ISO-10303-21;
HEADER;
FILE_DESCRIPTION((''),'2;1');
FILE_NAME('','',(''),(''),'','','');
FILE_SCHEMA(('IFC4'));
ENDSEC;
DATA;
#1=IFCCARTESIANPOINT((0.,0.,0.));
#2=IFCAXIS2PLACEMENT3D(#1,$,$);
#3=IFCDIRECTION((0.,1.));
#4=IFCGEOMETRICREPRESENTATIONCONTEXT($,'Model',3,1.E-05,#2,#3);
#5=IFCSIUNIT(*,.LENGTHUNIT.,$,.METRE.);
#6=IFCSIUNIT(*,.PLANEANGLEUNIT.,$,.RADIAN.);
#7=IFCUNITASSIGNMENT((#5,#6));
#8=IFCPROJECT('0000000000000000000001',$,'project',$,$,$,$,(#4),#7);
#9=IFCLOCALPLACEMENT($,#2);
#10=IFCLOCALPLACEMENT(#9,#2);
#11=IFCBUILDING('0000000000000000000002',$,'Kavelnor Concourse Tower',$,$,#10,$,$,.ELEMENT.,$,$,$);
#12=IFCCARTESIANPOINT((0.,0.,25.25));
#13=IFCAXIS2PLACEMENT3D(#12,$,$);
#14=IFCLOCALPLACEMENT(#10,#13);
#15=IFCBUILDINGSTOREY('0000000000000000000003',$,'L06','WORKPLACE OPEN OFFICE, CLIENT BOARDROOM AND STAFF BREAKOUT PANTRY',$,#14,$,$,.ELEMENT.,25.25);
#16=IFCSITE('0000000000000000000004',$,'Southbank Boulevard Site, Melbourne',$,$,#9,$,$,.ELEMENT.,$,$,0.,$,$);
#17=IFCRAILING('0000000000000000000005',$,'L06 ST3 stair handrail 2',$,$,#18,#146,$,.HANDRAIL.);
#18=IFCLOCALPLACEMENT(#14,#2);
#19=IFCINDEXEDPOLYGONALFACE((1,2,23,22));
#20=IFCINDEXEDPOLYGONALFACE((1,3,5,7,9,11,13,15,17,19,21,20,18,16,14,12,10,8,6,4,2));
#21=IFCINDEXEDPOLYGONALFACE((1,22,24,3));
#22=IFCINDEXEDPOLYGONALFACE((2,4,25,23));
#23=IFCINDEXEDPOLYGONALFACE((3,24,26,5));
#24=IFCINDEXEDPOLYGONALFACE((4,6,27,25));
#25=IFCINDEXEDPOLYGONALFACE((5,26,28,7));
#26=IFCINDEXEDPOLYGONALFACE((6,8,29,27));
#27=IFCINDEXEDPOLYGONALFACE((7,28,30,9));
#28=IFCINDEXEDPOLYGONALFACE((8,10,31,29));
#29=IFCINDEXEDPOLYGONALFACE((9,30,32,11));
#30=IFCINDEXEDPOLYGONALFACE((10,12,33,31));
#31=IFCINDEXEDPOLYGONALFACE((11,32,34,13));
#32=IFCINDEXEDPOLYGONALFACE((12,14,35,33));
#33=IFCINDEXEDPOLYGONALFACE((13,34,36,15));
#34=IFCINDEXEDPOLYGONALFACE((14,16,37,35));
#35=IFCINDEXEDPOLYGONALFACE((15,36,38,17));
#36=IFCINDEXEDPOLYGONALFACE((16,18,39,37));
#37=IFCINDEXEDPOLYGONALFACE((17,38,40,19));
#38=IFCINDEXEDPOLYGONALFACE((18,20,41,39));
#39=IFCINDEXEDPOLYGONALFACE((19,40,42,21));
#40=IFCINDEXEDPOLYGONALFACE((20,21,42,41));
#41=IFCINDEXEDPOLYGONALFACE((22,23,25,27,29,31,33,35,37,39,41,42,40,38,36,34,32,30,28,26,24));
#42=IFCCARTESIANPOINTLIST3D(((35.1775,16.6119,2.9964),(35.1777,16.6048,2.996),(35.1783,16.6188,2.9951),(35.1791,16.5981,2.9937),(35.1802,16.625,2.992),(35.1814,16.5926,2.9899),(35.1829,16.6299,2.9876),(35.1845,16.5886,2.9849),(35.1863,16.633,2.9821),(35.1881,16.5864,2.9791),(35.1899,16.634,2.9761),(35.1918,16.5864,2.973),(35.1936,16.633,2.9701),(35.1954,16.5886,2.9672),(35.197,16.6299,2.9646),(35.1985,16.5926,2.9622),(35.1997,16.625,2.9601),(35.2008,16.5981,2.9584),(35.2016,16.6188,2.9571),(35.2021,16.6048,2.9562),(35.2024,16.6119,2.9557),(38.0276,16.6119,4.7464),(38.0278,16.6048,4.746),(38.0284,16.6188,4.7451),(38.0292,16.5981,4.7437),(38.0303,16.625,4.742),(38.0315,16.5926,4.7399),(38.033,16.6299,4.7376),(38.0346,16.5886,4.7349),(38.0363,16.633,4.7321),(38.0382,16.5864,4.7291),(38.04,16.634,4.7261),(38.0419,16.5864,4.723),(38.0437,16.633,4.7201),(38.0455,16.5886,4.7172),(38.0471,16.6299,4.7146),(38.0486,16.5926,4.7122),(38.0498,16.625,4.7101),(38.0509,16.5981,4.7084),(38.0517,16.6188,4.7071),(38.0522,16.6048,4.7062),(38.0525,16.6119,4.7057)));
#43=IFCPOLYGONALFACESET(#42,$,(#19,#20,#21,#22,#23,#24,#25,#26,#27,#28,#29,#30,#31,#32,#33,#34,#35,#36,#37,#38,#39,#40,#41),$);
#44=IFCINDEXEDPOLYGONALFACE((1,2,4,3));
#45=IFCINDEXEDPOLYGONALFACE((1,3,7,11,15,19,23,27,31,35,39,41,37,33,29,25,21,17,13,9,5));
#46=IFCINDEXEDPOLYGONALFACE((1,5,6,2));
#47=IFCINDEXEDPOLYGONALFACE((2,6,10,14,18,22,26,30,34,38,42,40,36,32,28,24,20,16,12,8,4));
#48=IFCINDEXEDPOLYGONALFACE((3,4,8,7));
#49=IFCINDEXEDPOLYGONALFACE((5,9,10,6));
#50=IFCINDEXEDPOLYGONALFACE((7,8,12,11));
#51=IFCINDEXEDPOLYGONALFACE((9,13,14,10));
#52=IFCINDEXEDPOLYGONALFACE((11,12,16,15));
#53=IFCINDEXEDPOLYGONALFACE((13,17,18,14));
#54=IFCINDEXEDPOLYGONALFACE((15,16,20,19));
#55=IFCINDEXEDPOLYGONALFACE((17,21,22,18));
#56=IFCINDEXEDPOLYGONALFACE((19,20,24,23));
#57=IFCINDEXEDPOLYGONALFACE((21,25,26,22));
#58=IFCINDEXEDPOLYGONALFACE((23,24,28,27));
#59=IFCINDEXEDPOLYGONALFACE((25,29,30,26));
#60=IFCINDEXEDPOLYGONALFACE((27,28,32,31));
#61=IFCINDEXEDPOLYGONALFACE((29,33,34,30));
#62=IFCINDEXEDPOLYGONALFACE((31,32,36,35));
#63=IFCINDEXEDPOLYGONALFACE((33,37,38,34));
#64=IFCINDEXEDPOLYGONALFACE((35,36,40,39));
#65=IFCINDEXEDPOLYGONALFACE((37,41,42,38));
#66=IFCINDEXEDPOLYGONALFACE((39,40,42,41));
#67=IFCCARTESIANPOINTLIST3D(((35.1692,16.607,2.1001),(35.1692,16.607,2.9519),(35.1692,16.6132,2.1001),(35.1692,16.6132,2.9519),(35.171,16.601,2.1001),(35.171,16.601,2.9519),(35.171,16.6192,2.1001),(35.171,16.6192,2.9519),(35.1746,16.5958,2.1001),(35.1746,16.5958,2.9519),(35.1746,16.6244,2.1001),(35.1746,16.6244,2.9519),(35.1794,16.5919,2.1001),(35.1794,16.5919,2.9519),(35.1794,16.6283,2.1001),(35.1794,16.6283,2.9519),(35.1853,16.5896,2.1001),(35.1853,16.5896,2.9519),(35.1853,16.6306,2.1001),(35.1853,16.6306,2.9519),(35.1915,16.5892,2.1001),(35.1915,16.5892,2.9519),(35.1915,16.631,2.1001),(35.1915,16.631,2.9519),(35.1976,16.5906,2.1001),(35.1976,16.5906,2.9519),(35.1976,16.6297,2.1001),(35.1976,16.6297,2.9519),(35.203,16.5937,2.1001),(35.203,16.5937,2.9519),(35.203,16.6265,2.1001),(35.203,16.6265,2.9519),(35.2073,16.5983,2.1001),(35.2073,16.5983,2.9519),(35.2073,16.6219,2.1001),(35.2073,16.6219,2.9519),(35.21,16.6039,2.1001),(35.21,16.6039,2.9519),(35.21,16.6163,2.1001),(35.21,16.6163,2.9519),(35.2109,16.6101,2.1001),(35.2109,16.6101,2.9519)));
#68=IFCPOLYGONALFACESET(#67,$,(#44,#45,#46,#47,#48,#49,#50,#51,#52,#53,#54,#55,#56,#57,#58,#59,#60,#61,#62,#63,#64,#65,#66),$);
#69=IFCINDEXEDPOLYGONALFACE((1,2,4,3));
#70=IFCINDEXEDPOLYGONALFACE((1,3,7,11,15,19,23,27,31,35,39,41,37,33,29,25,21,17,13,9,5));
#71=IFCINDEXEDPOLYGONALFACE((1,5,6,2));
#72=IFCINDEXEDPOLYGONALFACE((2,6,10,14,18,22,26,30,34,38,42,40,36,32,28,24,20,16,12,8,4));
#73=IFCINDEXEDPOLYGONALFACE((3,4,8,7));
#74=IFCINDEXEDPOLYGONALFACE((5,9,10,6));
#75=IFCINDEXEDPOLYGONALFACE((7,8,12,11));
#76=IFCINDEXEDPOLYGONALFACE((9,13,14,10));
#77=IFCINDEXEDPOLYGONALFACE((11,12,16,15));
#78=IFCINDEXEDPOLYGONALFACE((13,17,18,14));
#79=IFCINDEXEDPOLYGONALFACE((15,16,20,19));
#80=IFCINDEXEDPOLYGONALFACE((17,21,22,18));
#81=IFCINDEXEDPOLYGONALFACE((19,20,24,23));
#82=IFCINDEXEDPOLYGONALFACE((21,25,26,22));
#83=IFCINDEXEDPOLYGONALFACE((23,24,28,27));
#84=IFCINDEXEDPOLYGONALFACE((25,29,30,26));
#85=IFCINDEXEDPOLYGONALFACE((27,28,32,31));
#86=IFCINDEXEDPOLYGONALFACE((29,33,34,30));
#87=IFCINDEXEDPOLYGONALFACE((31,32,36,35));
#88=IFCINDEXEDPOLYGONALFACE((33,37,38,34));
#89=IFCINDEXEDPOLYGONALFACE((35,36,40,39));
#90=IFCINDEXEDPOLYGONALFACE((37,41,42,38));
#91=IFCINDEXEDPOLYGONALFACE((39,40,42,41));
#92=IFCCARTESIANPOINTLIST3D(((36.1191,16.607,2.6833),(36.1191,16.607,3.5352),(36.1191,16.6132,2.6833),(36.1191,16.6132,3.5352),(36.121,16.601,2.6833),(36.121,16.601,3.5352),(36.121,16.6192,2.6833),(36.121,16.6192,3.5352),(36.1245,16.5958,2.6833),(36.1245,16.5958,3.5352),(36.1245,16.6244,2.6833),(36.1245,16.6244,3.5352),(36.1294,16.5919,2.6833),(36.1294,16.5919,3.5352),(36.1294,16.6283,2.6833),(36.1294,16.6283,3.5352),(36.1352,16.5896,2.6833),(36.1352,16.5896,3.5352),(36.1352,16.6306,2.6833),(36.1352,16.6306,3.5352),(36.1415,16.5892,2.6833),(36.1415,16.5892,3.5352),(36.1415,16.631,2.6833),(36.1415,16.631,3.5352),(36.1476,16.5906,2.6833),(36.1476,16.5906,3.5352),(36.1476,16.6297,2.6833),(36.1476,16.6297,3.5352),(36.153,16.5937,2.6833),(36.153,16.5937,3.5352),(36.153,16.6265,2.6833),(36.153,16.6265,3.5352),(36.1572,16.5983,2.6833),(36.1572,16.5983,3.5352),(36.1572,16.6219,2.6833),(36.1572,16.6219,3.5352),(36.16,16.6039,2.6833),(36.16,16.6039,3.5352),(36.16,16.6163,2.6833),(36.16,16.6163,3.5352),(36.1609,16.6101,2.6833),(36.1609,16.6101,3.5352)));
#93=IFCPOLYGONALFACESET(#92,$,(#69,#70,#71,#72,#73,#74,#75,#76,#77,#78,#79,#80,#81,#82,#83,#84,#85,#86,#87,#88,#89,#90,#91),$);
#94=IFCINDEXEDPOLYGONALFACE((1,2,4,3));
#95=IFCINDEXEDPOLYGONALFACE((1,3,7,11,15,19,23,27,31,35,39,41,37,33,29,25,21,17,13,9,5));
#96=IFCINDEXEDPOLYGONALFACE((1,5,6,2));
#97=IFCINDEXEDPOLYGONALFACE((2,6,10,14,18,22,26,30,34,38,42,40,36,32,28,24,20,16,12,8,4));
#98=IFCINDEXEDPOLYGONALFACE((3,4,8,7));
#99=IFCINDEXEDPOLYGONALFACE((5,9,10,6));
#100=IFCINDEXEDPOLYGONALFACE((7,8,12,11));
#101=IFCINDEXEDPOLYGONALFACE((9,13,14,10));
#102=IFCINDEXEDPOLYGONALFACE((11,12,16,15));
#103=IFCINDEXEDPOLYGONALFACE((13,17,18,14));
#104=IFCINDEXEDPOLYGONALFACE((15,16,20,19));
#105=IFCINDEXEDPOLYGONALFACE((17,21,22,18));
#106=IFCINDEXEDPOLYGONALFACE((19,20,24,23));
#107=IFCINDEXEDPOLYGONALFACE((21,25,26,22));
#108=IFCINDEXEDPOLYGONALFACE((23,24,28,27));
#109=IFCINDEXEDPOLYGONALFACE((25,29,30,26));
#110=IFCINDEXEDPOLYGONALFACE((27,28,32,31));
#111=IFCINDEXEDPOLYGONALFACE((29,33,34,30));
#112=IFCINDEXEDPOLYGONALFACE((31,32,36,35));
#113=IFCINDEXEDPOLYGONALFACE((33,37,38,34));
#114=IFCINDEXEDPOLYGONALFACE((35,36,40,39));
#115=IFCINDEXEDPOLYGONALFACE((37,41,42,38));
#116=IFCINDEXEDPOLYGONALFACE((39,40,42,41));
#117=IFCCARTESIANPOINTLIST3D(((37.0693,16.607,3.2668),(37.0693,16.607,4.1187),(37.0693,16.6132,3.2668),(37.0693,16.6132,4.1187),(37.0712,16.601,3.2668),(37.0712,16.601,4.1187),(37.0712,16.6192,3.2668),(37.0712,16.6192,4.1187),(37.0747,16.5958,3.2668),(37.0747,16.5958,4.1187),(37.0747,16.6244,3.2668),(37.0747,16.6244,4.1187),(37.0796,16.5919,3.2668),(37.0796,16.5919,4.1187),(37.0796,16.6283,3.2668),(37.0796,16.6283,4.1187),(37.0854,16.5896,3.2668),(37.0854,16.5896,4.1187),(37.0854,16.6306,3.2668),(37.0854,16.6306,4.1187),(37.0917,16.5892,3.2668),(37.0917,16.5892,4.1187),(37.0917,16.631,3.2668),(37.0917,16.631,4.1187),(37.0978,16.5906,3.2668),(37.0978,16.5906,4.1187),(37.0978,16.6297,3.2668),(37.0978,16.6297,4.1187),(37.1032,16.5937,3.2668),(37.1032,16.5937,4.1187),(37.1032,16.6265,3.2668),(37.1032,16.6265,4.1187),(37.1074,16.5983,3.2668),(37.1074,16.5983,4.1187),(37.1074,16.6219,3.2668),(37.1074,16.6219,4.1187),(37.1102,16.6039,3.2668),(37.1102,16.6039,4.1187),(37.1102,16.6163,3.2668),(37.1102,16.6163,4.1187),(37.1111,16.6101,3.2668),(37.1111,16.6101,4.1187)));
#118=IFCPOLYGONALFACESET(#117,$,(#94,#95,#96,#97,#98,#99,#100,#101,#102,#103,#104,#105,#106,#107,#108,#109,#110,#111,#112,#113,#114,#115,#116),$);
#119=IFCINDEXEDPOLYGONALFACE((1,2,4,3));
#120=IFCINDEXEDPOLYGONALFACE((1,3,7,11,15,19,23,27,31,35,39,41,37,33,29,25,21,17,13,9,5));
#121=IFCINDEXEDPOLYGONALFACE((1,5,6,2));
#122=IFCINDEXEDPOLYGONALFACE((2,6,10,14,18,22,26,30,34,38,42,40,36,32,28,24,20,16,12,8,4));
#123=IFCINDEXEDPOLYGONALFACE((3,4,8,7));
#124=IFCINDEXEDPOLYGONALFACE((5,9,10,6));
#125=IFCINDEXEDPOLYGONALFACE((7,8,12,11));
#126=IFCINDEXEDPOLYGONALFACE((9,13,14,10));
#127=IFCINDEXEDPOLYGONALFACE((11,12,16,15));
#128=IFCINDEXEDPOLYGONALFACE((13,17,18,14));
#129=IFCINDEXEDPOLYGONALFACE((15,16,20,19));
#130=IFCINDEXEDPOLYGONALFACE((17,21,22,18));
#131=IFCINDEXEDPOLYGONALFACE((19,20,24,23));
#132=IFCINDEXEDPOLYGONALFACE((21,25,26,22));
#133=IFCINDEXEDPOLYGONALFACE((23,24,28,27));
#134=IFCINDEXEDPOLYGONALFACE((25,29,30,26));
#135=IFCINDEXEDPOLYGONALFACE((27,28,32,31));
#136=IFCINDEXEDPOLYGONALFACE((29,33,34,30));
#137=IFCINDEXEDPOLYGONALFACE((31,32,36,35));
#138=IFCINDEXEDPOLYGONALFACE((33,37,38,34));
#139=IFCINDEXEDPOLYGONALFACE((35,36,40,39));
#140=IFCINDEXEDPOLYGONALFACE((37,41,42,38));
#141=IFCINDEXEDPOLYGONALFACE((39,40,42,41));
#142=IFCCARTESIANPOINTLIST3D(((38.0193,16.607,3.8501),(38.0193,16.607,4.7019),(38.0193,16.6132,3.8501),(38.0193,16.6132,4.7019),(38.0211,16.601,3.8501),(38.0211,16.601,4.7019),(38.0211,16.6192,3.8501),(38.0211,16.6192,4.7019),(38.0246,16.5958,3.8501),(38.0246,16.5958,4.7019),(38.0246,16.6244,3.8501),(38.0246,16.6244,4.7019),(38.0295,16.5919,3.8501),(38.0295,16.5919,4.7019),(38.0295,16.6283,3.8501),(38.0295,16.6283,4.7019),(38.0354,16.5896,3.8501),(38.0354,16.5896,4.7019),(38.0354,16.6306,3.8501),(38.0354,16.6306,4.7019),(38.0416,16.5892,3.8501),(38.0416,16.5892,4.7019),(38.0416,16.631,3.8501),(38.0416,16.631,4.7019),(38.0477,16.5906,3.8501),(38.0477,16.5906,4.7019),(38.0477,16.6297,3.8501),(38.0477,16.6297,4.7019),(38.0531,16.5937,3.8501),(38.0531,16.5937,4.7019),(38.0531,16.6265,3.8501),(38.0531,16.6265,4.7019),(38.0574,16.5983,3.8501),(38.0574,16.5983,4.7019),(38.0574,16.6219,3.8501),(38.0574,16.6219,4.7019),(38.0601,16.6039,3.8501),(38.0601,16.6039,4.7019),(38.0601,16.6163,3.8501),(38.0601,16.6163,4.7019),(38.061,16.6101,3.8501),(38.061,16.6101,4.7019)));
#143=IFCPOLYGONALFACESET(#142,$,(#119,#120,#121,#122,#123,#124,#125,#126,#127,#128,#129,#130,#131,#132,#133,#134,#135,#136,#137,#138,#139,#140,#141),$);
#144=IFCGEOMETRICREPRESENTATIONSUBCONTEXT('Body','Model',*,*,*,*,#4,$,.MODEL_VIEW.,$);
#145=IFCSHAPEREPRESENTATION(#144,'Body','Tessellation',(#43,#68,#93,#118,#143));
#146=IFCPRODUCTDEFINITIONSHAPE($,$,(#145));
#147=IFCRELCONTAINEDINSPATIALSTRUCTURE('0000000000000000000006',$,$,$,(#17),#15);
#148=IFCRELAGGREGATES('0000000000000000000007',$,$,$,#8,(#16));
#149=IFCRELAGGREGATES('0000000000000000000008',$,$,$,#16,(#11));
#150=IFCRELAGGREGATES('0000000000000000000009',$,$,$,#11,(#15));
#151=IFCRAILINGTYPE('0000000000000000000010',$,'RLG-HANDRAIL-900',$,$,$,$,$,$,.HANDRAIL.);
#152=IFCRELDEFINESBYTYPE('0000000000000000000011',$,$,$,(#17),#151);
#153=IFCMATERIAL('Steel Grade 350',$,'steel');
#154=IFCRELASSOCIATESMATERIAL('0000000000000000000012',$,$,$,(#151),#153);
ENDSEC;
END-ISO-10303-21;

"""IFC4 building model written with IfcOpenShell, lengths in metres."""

from ifc_helpers import new_model, si_unit, direction, frame, origin, origin_2d, place, context, subcontext, project, spatial, circle, extrude, material, type_object, element, save


model = new_model("IFC4")

# Units and contexts
model_context = context("Model", 3, precision=1e-05, world=origin(), true_north=direction((0.0, 1.0)))
body_context = subcontext(model_context, "Body", "Model", "MODEL_VIEW")
ifc_project = project(units=[si_unit("LENGTHUNIT", "METRE"), si_unit("PLANEANGLEUNIT", "RADIAN")], contexts=[model_context])

# Site, building, storey
site_placement = place(None, origin())
site = spatial("IfcSite", under=ifc_project, at=site_placement, Name="Southbank Boulevard Site, Melbourne", CompositionType="ELEMENT", RefElevation=0.0)
building_placement = place(site_placement, origin())
building = spatial("IfcBuilding", under=site, at=building_placement, Name="Kavelnor Concourse Tower", CompositionType="ELEMENT")
storey_placement = place(building_placement, frame((0.0, 0.0, 25.25)))
storey = spatial("IfcBuildingStorey", under=building, at=storey_placement, Name="L06", Description="WORKPLACE OPEN OFFICE, CLIENT BOARDROOM AND STAFF BREAKOUT PANTRY", CompositionType="ELEMENT", Elevation=25.25)

# Shared definitions
ifc_material_1 = material(Name="Steel Grade 350", Category="steel")

# Railing
railing_type_1 = type_object("IfcRailingType", Name="RLG-HANDRAIL-900", PredefinedType="HANDRAIL", material=ifc_material_1)
railing_1_placement = place(storey_placement, frame((35.1899, 16.6101, 2.1001)))
element("IfcRailing", 1, at=railing_1_placement, inside=storey, type_object=railing_type_1, Name="L06 ST3 stair handrail 2", PredefinedType="HANDRAIL", context=body_context, shape_type="SweptSolid", body=[
    extrude(circle(Radius=0.0239, at=origin_2d()), frame((0.0, 0.0, 0.876), z_axis=(0.852179, 0.0, 0.52325), x_axis=(0.0, 1.0, 0.0)), (0.0, 0.0, 1.0), 3.3445),
    extrude(circle(Radius=0.021, at=origin_2d()), origin(), (0.0, 0.0, 1.0), 0.8518),
    extrude(circle(Radius=0.021, at=origin_2d()), frame((0.95, 0.0, 0.5833)), (0.0, 0.0, 1.0), 0.8518),
    extrude(circle(Radius=0.021, at=origin_2d()), frame((1.9001, 0.0, 1.1667)), (0.0, 0.0, 1.0), 0.8518),
    extrude(circle(Radius=0.021, at=origin_2d()), frame((2.8501, 0.0, 1.75)), (0.0, 0.0, 1.0), 0.8518),
])

save(model, "model.ifc")
